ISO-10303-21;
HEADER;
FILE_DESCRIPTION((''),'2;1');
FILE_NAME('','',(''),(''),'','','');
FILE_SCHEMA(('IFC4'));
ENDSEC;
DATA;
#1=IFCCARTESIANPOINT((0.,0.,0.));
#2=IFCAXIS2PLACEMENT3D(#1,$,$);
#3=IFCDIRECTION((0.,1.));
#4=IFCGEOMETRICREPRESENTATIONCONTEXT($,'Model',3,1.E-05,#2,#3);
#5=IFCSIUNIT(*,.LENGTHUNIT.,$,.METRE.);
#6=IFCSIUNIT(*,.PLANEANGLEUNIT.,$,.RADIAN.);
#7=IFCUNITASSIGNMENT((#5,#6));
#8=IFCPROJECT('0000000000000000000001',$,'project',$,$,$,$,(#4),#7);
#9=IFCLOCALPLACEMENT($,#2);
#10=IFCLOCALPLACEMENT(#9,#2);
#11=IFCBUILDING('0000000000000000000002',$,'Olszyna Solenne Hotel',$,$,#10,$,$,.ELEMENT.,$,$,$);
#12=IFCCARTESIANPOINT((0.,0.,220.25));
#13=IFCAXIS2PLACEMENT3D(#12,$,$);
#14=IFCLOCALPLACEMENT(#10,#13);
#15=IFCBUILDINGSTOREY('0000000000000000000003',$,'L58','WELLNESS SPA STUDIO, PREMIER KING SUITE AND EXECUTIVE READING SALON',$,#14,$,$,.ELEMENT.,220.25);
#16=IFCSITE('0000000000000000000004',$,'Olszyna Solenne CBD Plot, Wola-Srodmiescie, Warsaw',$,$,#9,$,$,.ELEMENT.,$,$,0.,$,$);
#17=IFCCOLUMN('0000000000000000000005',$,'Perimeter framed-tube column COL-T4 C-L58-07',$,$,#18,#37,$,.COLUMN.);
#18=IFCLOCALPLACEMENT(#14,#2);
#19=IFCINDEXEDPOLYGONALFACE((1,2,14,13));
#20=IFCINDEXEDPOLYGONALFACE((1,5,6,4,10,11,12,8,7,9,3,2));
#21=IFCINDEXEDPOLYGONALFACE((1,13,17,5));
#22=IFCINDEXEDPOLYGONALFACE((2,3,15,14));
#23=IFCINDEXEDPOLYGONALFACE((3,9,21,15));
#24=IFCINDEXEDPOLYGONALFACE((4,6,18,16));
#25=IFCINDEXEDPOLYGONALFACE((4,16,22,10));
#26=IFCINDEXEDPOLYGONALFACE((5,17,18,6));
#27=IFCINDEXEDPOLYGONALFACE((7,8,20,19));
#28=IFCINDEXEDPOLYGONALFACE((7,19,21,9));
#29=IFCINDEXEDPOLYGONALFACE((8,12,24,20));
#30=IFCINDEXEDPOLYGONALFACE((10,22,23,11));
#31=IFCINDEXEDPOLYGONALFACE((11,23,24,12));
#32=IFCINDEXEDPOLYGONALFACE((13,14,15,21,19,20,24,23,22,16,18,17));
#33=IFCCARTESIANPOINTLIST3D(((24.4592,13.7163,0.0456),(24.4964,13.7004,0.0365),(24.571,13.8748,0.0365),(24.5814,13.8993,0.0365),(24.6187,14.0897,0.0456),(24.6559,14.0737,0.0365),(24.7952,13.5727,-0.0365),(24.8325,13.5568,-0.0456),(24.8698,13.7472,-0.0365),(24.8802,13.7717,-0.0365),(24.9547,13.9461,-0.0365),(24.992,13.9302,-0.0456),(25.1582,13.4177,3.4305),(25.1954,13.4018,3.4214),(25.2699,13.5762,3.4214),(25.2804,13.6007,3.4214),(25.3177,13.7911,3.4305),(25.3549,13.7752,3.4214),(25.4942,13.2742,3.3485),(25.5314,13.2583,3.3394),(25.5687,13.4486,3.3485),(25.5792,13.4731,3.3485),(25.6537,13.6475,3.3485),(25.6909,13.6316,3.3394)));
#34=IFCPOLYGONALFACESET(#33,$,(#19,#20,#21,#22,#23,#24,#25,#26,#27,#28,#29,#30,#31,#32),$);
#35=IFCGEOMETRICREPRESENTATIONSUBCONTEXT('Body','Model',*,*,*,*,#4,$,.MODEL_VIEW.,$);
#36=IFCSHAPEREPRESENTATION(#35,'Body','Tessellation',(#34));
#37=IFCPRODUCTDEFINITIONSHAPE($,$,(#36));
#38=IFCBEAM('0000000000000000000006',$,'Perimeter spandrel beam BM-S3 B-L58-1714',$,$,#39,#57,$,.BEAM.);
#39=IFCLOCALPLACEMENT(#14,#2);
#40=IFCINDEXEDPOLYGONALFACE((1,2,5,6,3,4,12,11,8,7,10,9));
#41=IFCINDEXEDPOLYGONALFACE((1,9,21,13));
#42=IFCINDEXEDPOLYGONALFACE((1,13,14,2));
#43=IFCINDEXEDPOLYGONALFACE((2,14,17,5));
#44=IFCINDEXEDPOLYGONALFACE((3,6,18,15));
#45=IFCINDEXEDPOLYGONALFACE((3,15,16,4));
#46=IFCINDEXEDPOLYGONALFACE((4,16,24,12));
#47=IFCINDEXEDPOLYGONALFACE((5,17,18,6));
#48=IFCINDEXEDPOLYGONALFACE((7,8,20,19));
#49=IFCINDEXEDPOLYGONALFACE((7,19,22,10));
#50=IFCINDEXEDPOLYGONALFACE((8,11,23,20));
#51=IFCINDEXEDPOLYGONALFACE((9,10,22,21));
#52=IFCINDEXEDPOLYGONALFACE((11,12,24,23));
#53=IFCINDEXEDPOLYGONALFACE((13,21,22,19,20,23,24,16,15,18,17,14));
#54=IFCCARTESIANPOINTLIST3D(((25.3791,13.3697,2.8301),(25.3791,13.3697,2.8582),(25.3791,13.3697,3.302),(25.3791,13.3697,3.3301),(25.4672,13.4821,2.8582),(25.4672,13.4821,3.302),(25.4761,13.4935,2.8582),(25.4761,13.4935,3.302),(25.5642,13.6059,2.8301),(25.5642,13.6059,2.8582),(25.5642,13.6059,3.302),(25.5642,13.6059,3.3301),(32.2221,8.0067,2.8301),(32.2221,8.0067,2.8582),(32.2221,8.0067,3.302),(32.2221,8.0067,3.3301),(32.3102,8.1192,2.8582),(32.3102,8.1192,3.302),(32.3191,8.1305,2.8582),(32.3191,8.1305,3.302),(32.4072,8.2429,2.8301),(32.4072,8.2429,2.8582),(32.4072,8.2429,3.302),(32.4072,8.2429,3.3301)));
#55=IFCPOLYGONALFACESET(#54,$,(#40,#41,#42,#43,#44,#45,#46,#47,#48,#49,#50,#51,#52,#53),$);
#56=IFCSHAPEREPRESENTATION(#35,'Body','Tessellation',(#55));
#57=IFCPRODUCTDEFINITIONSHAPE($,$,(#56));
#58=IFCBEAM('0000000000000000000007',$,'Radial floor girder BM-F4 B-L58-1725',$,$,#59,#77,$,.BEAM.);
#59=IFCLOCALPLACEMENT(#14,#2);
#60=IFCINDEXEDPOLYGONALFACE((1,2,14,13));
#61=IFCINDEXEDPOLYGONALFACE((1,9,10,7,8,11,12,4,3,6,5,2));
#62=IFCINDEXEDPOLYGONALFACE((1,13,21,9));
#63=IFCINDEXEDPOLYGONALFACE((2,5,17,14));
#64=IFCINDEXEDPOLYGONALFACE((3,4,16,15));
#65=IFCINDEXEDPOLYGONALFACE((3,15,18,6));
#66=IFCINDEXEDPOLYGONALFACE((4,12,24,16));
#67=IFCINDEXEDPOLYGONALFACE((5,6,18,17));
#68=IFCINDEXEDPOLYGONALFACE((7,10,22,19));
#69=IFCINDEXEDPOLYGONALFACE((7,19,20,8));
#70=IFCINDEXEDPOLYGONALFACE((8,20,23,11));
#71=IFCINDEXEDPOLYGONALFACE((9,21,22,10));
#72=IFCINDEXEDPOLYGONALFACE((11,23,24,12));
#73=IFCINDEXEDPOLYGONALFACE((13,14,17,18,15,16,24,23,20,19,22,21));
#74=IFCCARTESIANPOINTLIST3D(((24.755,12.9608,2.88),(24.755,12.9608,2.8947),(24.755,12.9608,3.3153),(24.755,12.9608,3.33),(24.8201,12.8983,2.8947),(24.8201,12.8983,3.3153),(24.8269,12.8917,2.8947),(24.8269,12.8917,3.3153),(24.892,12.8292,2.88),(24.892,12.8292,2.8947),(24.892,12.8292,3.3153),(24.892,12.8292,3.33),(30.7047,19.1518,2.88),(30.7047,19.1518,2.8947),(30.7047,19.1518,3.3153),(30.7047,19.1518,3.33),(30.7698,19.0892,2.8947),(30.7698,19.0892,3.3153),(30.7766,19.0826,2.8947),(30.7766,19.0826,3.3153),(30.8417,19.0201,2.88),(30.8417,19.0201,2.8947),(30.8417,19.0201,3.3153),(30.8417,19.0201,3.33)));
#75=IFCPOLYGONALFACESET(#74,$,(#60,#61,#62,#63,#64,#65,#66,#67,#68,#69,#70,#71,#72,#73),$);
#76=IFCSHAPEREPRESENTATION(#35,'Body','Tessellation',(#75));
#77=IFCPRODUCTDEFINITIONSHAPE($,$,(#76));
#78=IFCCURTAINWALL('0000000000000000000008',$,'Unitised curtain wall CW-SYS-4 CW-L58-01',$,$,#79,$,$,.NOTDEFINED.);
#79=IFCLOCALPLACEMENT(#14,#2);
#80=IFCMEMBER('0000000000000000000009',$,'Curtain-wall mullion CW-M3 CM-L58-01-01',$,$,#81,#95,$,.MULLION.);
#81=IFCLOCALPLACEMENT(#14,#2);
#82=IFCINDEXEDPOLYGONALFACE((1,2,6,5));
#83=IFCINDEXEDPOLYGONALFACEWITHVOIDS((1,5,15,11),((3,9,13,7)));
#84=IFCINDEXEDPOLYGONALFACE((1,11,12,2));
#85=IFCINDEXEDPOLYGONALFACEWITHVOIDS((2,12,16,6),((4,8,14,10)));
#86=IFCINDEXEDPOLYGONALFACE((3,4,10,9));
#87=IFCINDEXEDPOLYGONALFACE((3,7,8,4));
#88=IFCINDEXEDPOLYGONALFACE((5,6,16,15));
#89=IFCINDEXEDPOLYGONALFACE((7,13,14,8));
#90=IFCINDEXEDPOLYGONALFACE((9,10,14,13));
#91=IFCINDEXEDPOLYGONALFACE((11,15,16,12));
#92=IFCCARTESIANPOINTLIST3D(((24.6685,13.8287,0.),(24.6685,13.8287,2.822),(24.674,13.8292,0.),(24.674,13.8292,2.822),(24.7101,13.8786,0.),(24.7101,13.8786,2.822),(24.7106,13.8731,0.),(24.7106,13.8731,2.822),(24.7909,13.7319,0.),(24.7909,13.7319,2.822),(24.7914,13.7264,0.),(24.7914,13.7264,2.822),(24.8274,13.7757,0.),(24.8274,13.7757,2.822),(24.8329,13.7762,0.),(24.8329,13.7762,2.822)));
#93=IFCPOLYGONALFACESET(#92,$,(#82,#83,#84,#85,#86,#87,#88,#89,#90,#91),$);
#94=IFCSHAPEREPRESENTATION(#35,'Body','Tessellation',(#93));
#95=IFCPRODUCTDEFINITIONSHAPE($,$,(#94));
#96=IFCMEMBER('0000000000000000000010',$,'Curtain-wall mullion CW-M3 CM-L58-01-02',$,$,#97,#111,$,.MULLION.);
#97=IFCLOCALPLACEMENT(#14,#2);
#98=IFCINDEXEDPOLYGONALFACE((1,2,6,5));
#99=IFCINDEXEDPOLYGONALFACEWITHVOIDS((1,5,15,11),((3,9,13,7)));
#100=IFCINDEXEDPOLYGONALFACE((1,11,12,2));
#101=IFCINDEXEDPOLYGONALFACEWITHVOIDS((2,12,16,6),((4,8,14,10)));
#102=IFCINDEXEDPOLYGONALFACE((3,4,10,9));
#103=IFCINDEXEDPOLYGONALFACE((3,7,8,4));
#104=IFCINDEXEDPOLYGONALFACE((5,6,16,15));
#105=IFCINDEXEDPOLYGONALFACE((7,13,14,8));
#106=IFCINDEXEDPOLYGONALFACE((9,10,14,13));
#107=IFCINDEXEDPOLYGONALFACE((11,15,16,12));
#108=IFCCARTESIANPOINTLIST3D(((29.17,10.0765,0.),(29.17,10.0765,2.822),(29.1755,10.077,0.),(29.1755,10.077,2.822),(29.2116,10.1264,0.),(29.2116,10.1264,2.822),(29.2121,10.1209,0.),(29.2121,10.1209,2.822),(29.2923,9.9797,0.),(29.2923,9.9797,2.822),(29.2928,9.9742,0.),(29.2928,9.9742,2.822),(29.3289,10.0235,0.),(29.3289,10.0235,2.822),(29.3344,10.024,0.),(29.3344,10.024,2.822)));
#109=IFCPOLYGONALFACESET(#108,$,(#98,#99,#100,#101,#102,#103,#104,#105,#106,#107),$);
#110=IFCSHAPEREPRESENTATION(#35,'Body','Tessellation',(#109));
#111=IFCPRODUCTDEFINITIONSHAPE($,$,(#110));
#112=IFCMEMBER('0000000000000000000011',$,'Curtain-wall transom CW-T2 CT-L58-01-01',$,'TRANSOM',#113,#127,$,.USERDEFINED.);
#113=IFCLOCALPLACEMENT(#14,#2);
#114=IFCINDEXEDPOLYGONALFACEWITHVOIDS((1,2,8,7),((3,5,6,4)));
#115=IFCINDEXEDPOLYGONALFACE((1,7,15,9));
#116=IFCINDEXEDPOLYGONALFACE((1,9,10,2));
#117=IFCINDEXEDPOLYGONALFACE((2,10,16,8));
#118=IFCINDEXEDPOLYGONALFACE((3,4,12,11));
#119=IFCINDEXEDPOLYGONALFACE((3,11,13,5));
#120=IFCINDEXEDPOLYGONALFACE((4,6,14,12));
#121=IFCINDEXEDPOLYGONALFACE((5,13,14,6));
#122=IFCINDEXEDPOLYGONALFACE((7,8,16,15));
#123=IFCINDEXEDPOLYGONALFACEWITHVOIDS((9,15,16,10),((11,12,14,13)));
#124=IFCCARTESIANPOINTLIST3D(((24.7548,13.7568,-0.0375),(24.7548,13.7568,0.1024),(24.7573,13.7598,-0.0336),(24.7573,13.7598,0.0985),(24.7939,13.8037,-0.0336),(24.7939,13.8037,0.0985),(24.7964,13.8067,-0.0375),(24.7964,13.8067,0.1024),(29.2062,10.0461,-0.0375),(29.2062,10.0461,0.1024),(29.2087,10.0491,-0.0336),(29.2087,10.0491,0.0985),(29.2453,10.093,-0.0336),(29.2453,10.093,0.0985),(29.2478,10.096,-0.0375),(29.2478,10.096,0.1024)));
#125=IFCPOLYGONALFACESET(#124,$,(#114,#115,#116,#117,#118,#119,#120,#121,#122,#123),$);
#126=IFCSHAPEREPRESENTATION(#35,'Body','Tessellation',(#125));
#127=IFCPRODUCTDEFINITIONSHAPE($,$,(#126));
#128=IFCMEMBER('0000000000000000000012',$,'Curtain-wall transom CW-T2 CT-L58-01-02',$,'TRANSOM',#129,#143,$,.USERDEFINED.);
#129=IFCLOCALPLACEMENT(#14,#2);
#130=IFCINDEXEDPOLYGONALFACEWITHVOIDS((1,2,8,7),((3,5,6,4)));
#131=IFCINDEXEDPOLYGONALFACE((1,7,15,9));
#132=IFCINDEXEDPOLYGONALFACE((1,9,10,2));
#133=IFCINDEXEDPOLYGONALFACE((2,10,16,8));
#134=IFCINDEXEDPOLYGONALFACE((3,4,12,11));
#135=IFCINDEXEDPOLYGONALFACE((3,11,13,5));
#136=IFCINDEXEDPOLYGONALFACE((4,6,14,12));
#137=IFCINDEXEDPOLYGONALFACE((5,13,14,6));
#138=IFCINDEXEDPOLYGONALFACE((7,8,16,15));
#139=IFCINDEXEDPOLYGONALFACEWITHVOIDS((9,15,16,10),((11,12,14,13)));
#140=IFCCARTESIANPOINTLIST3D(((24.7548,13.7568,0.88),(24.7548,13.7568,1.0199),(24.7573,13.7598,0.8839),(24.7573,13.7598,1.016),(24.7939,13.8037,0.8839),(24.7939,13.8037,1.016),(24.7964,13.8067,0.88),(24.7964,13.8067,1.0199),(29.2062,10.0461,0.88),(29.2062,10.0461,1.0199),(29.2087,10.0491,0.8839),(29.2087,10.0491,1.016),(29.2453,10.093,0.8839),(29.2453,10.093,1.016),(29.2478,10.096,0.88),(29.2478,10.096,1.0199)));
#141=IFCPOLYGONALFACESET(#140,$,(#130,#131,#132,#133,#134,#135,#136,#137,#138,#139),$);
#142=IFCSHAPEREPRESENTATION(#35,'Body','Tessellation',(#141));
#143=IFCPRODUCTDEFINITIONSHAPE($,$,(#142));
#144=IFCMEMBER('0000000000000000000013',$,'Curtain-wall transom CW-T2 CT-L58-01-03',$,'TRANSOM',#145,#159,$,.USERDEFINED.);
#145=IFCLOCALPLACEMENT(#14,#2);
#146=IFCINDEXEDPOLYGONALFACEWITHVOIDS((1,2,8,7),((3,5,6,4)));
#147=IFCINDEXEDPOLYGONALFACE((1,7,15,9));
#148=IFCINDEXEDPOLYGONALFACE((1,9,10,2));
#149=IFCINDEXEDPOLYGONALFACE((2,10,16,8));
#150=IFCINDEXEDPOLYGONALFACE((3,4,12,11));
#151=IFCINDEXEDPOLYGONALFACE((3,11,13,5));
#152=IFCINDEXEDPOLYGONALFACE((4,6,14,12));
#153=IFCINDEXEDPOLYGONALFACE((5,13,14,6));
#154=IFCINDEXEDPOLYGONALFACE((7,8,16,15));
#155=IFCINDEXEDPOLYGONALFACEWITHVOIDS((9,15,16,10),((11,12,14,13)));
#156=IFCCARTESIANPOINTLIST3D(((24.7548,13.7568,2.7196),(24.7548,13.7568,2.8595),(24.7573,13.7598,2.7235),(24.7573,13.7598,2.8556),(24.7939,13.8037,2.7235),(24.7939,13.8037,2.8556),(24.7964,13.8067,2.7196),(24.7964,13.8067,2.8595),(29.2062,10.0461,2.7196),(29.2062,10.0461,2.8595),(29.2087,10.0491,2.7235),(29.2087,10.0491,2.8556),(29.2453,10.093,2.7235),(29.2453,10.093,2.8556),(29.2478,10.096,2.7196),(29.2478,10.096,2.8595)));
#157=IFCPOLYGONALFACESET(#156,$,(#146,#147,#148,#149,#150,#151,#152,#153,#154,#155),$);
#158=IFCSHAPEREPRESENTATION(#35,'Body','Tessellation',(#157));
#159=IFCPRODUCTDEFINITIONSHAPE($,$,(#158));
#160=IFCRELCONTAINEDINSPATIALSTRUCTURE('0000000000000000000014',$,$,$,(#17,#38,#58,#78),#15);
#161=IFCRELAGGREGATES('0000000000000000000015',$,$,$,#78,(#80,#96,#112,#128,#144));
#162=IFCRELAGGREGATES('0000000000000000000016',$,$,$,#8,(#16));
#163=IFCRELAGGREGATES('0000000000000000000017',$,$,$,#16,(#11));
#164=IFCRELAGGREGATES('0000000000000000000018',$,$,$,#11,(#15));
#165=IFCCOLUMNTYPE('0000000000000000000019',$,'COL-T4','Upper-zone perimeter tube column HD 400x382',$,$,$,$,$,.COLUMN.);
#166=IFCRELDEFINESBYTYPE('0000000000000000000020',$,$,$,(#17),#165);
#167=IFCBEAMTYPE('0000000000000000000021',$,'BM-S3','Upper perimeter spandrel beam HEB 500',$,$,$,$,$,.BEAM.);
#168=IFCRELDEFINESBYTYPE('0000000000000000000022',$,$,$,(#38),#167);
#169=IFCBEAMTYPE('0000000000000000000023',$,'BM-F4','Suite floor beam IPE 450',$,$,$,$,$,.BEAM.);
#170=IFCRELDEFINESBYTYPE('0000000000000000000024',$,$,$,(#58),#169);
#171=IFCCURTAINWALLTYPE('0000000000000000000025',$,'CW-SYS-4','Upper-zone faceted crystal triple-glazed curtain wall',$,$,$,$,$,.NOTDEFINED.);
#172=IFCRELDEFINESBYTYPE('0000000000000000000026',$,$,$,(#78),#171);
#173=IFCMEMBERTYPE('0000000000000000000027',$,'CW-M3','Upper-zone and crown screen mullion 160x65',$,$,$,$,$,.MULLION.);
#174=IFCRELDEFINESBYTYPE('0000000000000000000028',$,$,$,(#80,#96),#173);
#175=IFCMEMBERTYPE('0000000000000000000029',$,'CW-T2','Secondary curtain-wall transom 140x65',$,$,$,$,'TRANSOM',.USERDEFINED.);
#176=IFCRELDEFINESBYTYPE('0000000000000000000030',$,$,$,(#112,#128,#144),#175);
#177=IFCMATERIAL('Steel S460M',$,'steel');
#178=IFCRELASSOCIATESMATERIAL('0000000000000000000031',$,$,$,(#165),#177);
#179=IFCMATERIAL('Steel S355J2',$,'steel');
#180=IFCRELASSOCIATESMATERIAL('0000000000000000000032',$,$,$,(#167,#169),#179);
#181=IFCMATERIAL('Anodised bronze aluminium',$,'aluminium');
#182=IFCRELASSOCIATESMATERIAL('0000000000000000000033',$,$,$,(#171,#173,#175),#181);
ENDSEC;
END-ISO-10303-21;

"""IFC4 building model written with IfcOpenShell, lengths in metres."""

from ifc_helpers import new_model, si_unit, direction, frame, origin, origin_2d, place, context, subcontext, project, spatial, hollow_rectangle, i_section, extrude, source, transform, mapped, material, material_profile, profile_set, type_object, element, aggregate, save


model = new_model("IFC4")

# Units and contexts
model_context = context("Model", 3, precision=1e-05, world=origin(), true_north=direction((0.0, 1.0)))
body_context = subcontext(model_context, "Body", "Model", "MODEL_VIEW")
ifc_project = project(units=[si_unit("LENGTHUNIT", "METRE"), si_unit("PLANEANGLEUNIT", "RADIAN")], contexts=[model_context])

# Site, building, storey
site_placement = place(None, origin())
site = spatial("IfcSite", under=ifc_project, at=site_placement, Name="Olszyna Solenne CBD Plot, Wola-Srodmiescie, Warsaw", CompositionType="ELEMENT", RefElevation=0.0)
building_placement = place(site_placement, origin())
building = spatial("IfcBuilding", under=site, at=building_placement, Name="Olszyna Solenne Hotel", CompositionType="ELEMENT")
storey_placement = place(building_placement, frame((0.0, 0.0, 220.25)))
storey = spatial("IfcBuildingStorey", under=building, at=storey_placement, Name="L58", Description="WELLNESS SPA STUDIO, PREMIER KING SUITE AND EXECUTIVE READING SALON", CompositionType="ELEMENT", Elevation=220.25)

# Column
ifc_material_1 = material(Name="Steel S460M", Category="steel")
ifc_material_profile_1 = material_profile(ifc_material_1, i_section(OverallWidth=0.406, OverallDepth=0.416, WebThickness=0.0266, FlangeThickness=0.0415, at=origin_2d()), Name="HD 400x382", Category="load-bearing")
ifc_profile_set_1 = profile_set([ifc_material_profile_1], Name="Steel S460M")
column_type = type_object("IfcColumnType", Name="COL-T4", Description="Upper-zone perimeter tube column HD 400x382", PredefinedType="COLUMN", material=ifc_profile_set_1)
shared_shape_1 = source(origin(), body_context, "Body", "SweptSolid", [
    extrude(i_section(OverallWidth=0.406, OverallDepth=0.416, WebThickness=0.0266, FlangeThickness=0.0415, at=origin_2d()), origin(), (0.0, 0.0, 1.0), 3.4692),
])
column_placement = place(storey_placement, frame((24.7256, 13.8232, 0.0), z_axis=(0.201475, -0.086065, 0.975705), x_axis=(0.392834, 0.91961, 0.0)))
element("IfcColumn", 1, at=column_placement, inside=storey, type_object=column_type, Name="Perimeter framed-tube column COL-T4 C-L58-07", PredefinedType="COLUMN", context=body_context, shape_type="MappedRepresentation", body=[
    mapped(shared_shape_1, transform((0.0, 0.0, 0.0), x_axis=(1.0, 0.0, 0.0), y_axis=(0.0, 1.0, 0.0), z_axis=(0.0, 0.0, 1.0), scale=1.0)),
])

# Beams
ifc_material_2 = material(Name="Steel S355J2", Category="steel")
ifc_material_profile_2 = material_profile(ifc_material_2, i_section(OverallWidth=0.3, OverallDepth=0.5, WebThickness=0.0144, FlangeThickness=0.0281, at=origin_2d()), Name="HEB 500", Category="load-bearing")
ifc_profile_set_2 = profile_set([ifc_material_profile_2], Name="Steel S355J2")
beam_type_1 = type_object("IfcBeamType", Name="BM-S3", Description="Upper perimeter spandrel beam HEB 500", PredefinedType="BEAM", material=ifc_profile_set_2)
shared_shape_2 = source(origin(), body_context, "Body", "SweptSolid", [
    extrude(i_section(OverallWidth=0.3, OverallDepth=0.5, WebThickness=0.0144, FlangeThickness=0.0281, at=origin_2d()), origin(), (0.0, 0.0, 1.0), 8.6941),
])
beam_1_placement = place(storey_placement, frame((25.4717, 13.4878, 3.0801), z_axis=(0.787079, -0.616853, 0.0), x_axis=(0.616853, 0.787079, 0.0)))
element("IfcBeam", 2, at=beam_1_placement, inside=storey, type_object=beam_type_1, Name="Perimeter spandrel beam BM-S3 B-L58-1714", PredefinedType="BEAM", context=body_context, shape_type="MappedRepresentation", body=[
    mapped(shared_shape_2, transform((0.0, 0.0, 0.0), x_axis=(1.0, 0.0, 0.0), y_axis=(0.0, 1.0, 0.0), z_axis=(0.0, 0.0, 1.0), scale=1.0)),
])
ifc_material_profile_3 = material_profile(ifc_material_2, i_section(OverallWidth=0.1899, OverallDepth=0.45, WebThickness=0.0095, FlangeThickness=0.0146, at=origin_2d()), Name="IPE 450", Category="load-bearing")
ifc_profile_set_3 = profile_set([ifc_material_profile_3], Name="Steel S355J2")
beam_type_2 = type_object("IfcBeamType", Name="BM-F4", Description="Suite floor beam IPE 450", PredefinedType="BEAM", material=ifc_profile_set_3)
shared_shape_3 = source(origin(), body_context, "Body", "SweptSolid", [
    extrude(i_section(OverallWidth=0.1899, OverallDepth=0.45, WebThickness=0.0095, FlangeThickness=0.0146, at=origin_2d()), origin(), (0.0, 0.0, 1.0), 8.5864),
])
beam_2_placement = place(storey_placement, frame((24.8235, 12.895, 3.105), z_axis=(0.692921, 0.721013, 0.0), x_axis=(-0.721013, 0.692921, 0.0)))
element("IfcBeam", 3, at=beam_2_placement, inside=storey, type_object=beam_type_2, Name="Radial floor girder BM-F4 B-L58-1725", PredefinedType="BEAM", context=body_context, shape_type="MappedRepresentation", body=[
    mapped(shared_shape_3, transform((0.0, 0.0, 0.0), x_axis=(1.0, 0.0, 0.0), y_axis=(0.0, 1.0, 0.0), z_axis=(0.0, 0.0, 1.0), scale=1.0)),
])

# Curtain wall, members
ifc_material_3 = material(Name="Anodised bronze aluminium", Category="aluminium")
curtain_wall_type = type_object("IfcCurtainWallType", Name="CW-SYS-4", Description="Upper-zone faceted crystal triple-glazed curtain wall", PredefinedType="NOTDEFINED", material=ifc_material_3)
curtain_wall_placement = place(storey_placement, origin())
curtain_wall = element("IfcCurtainWall", 4, at=curtain_wall_placement, inside=storey, type_object=curtain_wall_type, Name="Unitised curtain wall CW-SYS-4 CW-L58-01", PredefinedType="NOTDEFINED")
ifc_material_profile_4 = material_profile(ifc_material_3, hollow_rectangle(XDim=0.0649, YDim=0.1599, WallThickness=0.0039, at=origin_2d()), Name="MULL 160x65x4", Category="load-bearing")
ifc_profile_set_4 = profile_set([ifc_material_profile_4], Name="Anodised bronze aluminium")
member_type_1 = type_object("IfcMemberType", Name="CW-M3", Description="Upper-zone and crown screen mullion 160x65", PredefinedType="MULLION", material=ifc_profile_set_4)
shared_shape_4 = source(origin(), body_context, "Body", "SweptSolid", [
    extrude(hollow_rectangle(XDim=0.0649, YDim=0.1599, WallThickness=0.0039, at=origin_2d()), origin(), (0.0, 0.0, 1.0), 2.822),
])
member_1_placement = place(storey_placement, frame((24.7507, 13.8025, 0.0), z_axis=(0.0, 0.0, 1.0), x_axis=(0.640281, 0.768141, 0.0)))
member_1 = element("IfcMember", 5, at=member_1_placement, type_object=member_type_1, Name="Curtain-wall mullion CW-M3 CM-L58-01-01", PredefinedType="MULLION", context=body_context, shape_type="MappedRepresentation", body=[
    mapped(shared_shape_4, transform((0.0, 0.0, 0.0), x_axis=(1.0, 0.0, 0.0), y_axis=(0.0, 1.0, 0.0), z_axis=(0.0, 0.0, 1.0), scale=1.0)),
])
member_2_placement = place(storey_placement, frame((29.2522, 10.0503, 0.0), z_axis=(0.0, 0.0, 1.0), x_axis=(0.640281, 0.768141, 0.0)))
member_2 = element("IfcMember", 6, at=member_2_placement, type_object=member_type_1, Name="Curtain-wall mullion CW-M3 CM-L58-01-02", PredefinedType="MULLION", context=body_context, shape_type="MappedRepresentation", body=[
    mapped(shared_shape_4, transform((0.0, 0.0, 0.0), x_axis=(1.0, 0.0, 0.0), y_axis=(0.0, 1.0, 0.0), z_axis=(0.0, 0.0, 1.0), scale=1.0)),
])
ifc_material_profile_5 = material_profile(ifc_material_3, hollow_rectangle(XDim=0.0649, YDim=0.1399, WallThickness=0.0039, at=origin_2d()), Name="TRAN 140x65x4", Category="load-bearing")
ifc_profile_set_5 = profile_set([ifc_material_profile_5], Name="Anodised bronze aluminium")
member_type_2 = type_object("IfcMemberType", Name="CW-T2", Description="Secondary curtain-wall transom 140x65", ElementType="TRANSOM", PredefinedType="USERDEFINED", material=ifc_profile_set_5)
shared_shape_5 = source(origin(), body_context, "Body", "SweptSolid", [
    extrude(hollow_rectangle(XDim=0.0649, YDim=0.1399, WallThickness=0.0039, at=origin_2d()), origin(), (0.0, 0.0, 1.0), 5.7952),
])
member_3_placement = place(storey_placement, frame((24.7756, 13.7817, 0.0325), z_axis=(0.768121, -0.640305, 0.0), x_axis=(0.640305, 0.768121, 0.0)))
member_3 = element("IfcMember", 7, at=member_3_placement, type_object=member_type_2, Name="Curtain-wall transom CW-T2 CT-L58-01-01", ObjectType="TRANSOM", PredefinedType="USERDEFINED", context=body_context, shape_type="MappedRepresentation", body=[
    mapped(shared_shape_5, transform((0.0, 0.0, 0.0), x_axis=(1.0, 0.0, 0.0), y_axis=(0.0, 1.0, 0.0), z_axis=(0.0, 0.0, 1.0), scale=1.0)),
])
member_4_placement = place(storey_placement, frame((24.7756, 13.7817, 0.95), z_axis=(0.768121, -0.640305, 0.0), x_axis=(0.640305, 0.768121, 0.0)))
member_4 = element("IfcMember", 8, at=member_4_placement, type_object=member_type_2, Name="Curtain-wall transom CW-T2 CT-L58-01-02", ObjectType="TRANSOM", PredefinedType="USERDEFINED", context=body_context, shape_type="MappedRepresentation", body=[
    mapped(shared_shape_5, transform((0.0, 0.0, 0.0), x_axis=(1.0, 0.0, 0.0), y_axis=(0.0, 1.0, 0.0), z_axis=(0.0, 0.0, 1.0), scale=1.0)),
])
member_5_placement = place(storey_placement, frame((24.7756, 13.7817, 2.7896), z_axis=(0.768121, -0.640305, 0.0), x_axis=(0.640305, 0.768121, 0.0)))
member_5 = element("IfcMember", 9, at=member_5_placement, type_object=member_type_2, Name="Curtain-wall transom CW-T2 CT-L58-01-03", ObjectType="TRANSOM", PredefinedType="USERDEFINED", context=body_context, shape_type="MappedRepresentation", body=[
    mapped(shared_shape_5, transform((0.0, 0.0, 0.0), x_axis=(1.0, 0.0, 0.0), y_axis=(0.0, 1.0, 0.0), z_axis=(0.0, 0.0, 1.0), scale=1.0)),
])

aggregate(curtain_wall, [member_1, member_2, member_3, member_4, member_5])

save(model, "model.ifc")
